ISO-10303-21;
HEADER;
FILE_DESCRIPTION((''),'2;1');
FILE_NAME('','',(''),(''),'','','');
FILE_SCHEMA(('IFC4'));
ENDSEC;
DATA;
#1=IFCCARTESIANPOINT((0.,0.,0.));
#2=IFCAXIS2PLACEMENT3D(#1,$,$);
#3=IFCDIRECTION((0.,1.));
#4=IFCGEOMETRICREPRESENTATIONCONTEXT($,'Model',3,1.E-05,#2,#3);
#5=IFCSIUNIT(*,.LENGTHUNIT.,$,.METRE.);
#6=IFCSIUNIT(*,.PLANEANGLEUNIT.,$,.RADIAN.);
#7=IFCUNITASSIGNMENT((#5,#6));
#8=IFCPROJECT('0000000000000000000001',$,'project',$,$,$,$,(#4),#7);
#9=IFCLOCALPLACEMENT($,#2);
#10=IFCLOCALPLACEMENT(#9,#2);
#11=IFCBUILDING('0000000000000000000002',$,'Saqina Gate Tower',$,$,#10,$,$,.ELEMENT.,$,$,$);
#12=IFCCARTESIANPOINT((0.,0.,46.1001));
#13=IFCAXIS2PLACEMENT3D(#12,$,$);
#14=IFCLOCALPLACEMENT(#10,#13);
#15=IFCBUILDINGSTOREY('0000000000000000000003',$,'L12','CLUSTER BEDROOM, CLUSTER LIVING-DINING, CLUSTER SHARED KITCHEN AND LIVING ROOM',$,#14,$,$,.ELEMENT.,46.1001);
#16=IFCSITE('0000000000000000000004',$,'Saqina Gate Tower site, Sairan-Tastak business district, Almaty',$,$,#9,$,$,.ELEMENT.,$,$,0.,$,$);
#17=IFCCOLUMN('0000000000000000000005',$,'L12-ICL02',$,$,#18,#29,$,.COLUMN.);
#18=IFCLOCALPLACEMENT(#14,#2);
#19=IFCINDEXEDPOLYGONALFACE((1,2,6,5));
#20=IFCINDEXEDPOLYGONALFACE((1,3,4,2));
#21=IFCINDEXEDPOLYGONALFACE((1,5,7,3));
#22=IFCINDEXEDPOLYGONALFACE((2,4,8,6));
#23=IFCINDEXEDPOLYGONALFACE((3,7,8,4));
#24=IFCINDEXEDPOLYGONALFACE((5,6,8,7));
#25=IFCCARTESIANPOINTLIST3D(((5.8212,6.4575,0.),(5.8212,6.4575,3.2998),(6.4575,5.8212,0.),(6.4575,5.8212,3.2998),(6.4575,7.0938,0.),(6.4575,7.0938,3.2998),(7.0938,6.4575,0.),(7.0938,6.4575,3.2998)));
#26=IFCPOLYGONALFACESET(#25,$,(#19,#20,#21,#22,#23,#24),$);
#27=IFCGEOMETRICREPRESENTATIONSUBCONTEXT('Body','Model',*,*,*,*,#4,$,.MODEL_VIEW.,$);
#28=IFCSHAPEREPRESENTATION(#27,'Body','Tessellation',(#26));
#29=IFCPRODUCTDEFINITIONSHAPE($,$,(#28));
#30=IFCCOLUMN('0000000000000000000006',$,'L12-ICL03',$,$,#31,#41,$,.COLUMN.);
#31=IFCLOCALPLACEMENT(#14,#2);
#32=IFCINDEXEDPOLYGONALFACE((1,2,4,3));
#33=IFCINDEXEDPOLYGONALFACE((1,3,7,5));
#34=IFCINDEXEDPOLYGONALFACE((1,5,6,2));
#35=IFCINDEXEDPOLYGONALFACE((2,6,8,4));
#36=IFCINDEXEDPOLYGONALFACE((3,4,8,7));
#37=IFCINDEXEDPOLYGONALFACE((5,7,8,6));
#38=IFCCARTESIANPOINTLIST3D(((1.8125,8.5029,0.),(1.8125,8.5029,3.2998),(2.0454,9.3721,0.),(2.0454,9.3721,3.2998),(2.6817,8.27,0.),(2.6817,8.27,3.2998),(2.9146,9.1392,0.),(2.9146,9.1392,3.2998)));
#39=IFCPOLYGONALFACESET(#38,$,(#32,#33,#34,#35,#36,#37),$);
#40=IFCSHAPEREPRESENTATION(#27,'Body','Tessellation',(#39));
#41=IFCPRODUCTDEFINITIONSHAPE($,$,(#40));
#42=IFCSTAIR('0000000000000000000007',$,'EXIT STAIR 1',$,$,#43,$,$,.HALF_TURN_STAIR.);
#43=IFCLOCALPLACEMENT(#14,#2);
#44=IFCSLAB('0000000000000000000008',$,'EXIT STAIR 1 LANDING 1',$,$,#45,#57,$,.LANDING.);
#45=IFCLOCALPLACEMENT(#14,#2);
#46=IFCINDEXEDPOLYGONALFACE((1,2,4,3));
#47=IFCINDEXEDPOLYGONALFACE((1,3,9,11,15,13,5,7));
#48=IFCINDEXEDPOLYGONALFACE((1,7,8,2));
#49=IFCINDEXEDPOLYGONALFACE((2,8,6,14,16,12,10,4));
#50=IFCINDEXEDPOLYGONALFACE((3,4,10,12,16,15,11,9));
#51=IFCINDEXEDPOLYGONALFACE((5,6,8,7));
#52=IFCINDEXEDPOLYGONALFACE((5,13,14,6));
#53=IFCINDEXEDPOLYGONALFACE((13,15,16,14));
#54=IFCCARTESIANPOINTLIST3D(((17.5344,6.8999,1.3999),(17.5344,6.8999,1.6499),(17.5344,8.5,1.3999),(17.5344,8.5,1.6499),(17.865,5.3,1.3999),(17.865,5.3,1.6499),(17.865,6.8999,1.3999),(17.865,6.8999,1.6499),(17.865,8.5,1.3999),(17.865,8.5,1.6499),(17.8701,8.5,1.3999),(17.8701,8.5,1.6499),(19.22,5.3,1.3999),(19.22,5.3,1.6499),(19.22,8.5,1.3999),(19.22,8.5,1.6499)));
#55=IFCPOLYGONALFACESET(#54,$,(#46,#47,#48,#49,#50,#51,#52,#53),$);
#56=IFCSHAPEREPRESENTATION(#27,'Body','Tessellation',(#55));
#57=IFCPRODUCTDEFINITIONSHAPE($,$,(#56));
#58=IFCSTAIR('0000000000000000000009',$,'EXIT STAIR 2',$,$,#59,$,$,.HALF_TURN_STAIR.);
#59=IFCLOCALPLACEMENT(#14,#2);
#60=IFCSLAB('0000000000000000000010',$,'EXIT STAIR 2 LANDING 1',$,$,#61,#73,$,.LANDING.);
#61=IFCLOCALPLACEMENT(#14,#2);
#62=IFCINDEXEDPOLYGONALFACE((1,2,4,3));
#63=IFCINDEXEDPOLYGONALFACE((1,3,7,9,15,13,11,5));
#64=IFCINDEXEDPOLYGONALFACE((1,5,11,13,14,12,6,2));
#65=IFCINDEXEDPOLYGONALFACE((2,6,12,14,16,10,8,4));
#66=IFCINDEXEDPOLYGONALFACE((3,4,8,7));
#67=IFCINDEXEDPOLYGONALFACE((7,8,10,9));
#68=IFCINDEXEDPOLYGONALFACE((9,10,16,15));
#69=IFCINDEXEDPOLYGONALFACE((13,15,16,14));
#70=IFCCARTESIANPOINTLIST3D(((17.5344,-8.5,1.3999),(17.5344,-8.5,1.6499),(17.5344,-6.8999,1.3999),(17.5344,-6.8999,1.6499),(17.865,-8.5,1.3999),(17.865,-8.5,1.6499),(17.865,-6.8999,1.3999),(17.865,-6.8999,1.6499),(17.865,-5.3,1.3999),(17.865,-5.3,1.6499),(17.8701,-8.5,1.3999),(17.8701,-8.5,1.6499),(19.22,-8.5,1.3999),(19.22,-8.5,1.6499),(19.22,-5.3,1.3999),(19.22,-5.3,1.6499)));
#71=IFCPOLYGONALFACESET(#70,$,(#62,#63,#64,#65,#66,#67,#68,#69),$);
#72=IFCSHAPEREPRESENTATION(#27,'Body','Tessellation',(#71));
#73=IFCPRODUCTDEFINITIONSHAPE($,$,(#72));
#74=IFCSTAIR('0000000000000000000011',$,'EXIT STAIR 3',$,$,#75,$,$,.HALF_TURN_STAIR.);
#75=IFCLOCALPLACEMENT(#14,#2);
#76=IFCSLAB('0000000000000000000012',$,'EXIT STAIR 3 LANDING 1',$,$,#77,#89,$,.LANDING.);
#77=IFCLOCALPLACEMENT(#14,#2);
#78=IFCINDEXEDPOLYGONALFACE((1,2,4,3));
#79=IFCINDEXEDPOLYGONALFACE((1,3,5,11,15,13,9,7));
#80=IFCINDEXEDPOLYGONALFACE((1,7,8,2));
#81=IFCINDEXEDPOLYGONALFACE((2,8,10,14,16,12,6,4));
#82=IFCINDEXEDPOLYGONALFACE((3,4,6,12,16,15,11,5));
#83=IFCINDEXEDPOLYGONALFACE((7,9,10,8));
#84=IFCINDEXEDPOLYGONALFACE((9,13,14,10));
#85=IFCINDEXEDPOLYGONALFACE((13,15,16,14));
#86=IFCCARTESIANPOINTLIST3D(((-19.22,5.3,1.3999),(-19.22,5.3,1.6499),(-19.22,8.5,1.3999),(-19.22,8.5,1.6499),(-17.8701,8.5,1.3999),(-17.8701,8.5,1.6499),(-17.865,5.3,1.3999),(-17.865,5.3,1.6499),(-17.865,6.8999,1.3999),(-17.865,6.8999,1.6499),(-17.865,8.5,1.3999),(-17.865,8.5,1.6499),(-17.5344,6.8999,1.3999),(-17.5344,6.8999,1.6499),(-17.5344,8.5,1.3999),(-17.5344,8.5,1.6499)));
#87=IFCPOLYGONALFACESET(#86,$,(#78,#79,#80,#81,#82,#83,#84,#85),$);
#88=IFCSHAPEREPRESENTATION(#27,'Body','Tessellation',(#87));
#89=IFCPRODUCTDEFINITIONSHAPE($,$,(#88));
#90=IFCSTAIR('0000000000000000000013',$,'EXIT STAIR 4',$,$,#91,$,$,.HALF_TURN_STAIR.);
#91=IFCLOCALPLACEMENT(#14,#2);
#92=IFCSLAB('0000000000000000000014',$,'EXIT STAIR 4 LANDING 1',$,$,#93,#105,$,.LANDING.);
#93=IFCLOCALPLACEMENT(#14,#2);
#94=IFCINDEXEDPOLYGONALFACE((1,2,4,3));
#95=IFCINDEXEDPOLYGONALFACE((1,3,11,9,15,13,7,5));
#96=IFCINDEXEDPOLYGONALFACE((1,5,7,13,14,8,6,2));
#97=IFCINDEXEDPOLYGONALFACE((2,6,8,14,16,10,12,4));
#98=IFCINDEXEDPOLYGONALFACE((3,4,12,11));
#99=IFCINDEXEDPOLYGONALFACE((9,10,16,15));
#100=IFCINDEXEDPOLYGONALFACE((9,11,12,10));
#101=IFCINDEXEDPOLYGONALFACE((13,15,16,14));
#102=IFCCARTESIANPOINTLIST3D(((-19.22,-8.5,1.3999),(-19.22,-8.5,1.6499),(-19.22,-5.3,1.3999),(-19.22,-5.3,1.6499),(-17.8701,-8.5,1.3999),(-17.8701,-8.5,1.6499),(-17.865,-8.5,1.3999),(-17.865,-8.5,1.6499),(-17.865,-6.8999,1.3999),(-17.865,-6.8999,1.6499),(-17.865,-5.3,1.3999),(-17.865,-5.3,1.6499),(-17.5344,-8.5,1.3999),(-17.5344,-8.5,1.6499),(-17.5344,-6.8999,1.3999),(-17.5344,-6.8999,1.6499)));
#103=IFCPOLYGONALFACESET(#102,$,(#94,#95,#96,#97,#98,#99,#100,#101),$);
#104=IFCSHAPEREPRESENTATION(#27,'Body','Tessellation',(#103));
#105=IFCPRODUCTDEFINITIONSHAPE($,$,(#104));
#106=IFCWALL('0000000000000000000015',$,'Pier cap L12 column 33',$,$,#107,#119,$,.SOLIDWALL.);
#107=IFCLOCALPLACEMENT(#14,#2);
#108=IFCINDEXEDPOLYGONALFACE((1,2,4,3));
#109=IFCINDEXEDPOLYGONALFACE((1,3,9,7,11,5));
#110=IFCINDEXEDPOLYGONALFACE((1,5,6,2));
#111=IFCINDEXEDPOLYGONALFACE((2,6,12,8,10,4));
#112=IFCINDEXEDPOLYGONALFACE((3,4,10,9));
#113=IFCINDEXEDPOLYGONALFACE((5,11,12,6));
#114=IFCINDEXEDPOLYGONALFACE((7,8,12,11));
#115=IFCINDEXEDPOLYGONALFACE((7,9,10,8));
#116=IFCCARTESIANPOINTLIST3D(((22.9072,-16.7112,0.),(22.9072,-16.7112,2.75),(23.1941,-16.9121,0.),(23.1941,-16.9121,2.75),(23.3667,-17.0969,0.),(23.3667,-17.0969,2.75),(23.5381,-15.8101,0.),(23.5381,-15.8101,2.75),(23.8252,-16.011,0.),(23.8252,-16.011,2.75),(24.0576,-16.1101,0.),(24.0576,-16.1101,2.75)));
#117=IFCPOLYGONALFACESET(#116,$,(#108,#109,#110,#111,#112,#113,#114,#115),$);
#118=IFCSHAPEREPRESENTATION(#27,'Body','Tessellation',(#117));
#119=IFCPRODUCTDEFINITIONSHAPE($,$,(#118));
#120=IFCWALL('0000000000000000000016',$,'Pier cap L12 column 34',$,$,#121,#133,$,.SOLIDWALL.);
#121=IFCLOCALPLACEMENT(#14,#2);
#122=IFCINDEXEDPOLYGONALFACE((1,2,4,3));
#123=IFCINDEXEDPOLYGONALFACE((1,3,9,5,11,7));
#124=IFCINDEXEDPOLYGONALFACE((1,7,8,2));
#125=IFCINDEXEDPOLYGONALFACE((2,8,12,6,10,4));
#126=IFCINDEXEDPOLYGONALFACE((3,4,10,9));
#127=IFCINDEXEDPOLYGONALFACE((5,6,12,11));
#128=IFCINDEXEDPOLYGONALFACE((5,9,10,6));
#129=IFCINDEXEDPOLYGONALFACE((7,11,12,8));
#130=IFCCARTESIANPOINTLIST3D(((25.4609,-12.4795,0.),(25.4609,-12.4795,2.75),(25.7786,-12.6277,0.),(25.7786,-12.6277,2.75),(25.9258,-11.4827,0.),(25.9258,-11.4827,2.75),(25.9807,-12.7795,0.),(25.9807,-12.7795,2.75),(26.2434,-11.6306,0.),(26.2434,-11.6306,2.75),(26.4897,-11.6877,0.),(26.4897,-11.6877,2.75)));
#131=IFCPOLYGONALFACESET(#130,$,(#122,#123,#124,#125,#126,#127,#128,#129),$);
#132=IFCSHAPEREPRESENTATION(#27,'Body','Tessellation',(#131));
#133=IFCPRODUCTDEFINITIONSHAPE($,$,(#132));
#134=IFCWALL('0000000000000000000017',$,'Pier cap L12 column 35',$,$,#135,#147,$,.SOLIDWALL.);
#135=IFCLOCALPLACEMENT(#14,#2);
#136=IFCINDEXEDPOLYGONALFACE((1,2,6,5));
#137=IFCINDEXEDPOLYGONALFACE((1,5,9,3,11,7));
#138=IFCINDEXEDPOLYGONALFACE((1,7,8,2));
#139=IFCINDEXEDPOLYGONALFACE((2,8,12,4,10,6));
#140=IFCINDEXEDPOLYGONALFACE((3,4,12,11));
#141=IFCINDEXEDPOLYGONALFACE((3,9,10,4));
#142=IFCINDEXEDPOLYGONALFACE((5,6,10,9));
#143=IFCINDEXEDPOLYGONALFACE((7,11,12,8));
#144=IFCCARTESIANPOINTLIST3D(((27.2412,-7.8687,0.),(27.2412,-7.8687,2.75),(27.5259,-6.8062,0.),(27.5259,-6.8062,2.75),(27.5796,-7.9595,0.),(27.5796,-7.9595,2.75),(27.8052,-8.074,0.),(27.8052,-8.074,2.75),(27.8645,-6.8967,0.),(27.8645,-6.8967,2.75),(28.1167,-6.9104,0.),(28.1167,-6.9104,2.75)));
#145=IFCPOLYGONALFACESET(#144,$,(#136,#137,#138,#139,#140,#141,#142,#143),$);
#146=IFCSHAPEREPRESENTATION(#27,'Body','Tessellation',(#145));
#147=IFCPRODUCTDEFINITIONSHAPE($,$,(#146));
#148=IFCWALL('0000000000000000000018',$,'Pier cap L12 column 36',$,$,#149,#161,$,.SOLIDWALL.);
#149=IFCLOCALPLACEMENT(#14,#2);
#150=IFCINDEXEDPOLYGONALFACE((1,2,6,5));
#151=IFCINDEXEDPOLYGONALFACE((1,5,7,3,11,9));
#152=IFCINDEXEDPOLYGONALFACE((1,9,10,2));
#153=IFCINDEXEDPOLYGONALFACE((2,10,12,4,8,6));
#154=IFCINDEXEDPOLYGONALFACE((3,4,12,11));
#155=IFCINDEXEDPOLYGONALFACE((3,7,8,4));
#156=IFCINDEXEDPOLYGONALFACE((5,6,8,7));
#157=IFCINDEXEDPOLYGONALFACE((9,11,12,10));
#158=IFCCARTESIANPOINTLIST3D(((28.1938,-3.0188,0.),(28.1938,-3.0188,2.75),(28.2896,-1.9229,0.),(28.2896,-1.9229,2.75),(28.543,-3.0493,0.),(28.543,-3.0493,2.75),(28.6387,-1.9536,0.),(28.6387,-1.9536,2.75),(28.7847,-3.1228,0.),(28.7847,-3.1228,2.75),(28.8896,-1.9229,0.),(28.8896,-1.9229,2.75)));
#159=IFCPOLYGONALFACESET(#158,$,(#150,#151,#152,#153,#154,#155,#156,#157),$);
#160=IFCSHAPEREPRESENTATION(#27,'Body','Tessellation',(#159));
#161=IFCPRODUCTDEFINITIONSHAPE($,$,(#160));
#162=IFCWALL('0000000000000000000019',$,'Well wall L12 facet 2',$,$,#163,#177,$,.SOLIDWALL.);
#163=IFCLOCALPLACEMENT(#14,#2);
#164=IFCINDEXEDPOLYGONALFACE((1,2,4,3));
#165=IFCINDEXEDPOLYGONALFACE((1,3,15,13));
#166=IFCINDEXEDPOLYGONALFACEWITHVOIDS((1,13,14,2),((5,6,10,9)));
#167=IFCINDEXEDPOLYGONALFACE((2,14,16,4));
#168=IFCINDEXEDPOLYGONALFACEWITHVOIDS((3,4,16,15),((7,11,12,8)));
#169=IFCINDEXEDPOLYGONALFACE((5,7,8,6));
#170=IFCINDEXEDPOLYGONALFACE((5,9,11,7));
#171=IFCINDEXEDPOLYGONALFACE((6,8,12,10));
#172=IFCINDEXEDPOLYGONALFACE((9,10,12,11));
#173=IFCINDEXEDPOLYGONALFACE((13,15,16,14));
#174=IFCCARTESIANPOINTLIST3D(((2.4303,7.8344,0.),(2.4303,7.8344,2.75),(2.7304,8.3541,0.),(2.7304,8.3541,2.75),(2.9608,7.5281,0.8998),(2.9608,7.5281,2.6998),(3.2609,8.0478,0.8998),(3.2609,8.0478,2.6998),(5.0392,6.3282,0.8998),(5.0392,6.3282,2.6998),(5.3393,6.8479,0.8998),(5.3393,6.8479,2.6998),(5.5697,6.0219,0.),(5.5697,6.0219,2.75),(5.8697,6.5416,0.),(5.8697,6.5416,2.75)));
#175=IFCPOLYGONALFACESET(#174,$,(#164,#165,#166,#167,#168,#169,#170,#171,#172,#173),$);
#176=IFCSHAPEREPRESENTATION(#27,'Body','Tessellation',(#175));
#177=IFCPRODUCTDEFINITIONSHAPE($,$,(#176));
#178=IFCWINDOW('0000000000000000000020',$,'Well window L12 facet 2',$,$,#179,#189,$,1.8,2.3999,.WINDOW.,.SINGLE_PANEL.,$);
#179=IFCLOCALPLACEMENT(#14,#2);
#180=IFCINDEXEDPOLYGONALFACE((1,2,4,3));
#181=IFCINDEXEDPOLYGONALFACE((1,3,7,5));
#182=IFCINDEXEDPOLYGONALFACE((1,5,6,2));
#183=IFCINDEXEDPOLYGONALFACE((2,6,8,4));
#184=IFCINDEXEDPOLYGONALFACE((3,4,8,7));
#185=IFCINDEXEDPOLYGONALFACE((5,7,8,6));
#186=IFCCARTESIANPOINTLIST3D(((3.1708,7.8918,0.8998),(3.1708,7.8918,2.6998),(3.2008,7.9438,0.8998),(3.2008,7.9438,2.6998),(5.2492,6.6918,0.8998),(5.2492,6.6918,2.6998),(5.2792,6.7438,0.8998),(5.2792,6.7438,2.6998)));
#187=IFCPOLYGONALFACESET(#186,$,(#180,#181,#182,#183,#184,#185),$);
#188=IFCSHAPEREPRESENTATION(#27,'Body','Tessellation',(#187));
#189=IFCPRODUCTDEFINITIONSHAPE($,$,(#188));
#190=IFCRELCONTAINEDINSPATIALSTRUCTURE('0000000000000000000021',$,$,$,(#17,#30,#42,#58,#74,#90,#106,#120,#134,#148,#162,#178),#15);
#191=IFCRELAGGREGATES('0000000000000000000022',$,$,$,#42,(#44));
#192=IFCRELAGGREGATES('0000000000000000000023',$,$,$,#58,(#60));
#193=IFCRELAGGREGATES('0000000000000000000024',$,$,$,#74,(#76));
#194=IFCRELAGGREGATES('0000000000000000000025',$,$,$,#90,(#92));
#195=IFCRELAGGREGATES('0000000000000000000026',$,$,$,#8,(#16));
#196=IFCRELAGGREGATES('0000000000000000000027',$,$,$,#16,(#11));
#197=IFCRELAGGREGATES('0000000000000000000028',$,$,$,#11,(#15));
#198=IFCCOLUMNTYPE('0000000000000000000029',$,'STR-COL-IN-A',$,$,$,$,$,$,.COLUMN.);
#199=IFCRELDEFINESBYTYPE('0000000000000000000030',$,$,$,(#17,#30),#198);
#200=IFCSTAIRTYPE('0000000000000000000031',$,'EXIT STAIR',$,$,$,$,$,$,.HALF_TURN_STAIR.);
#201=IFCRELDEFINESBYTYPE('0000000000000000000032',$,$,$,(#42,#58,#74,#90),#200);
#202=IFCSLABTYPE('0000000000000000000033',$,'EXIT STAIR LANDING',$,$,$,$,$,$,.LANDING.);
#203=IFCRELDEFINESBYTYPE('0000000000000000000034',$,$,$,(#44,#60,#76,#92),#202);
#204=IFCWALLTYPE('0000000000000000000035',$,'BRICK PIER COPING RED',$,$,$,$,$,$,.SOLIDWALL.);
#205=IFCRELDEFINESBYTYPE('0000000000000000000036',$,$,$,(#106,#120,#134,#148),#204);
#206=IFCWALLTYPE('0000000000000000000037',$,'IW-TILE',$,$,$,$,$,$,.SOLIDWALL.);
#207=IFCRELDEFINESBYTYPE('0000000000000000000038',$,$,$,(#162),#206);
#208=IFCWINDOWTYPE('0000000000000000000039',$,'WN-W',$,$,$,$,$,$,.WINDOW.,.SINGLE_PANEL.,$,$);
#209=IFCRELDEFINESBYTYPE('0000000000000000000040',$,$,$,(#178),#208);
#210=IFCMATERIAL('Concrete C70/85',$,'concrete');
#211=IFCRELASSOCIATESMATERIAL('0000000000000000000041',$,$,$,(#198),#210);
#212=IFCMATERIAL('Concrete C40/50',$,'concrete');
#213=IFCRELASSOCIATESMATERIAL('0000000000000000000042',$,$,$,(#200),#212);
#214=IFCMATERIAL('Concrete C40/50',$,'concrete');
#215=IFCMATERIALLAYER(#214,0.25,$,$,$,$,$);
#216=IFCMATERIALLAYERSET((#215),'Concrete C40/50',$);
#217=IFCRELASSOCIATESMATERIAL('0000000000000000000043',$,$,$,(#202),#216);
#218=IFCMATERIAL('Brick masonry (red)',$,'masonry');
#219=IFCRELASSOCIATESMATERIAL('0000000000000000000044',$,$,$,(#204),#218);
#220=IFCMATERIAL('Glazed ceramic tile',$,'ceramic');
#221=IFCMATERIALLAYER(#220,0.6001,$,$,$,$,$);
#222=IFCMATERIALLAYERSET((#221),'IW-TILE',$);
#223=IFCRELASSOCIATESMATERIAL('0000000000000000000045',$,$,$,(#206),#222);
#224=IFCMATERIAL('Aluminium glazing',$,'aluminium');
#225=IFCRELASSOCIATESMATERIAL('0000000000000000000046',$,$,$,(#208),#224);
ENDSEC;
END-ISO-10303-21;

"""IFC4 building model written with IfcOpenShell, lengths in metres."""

from ifc_helpers import new_model, si_unit, direction, frame, frame_2d, origin, origin_2d, place, context, subcontext, project, spatial, polyline, rectangle, outline, extrude, material, layer, layer_set, material_profile, profile_set, type_object, element, fill, aggregate, save


model = new_model("IFC4")

# Units and contexts
model_context = context("Model", 3, precision=1e-05, world=origin(), true_north=direction((0.0, 1.0)))
body_context = subcontext(model_context, "Body", "Model", "MODEL_VIEW")
ifc_project = project(units=[si_unit("LENGTHUNIT", "METRE"), si_unit("PLANEANGLEUNIT", "RADIAN")], contexts=[model_context])

# Site, building, storey
site_placement = place(None, origin())
site = spatial("IfcSite", under=ifc_project, at=site_placement, Name="Saqina Gate Tower site, Sairan-Tastak business district, Almaty", CompositionType="ELEMENT", RefElevation=0.0)
building_placement = place(site_placement, origin())
building = spatial("IfcBuilding", under=site, at=building_placement, Name="Saqina Gate Tower", CompositionType="ELEMENT")
storey_placement = place(building_placement, frame((0.0, 0.0, 46.1001)))
storey = spatial("IfcBuildingStorey", under=building, at=storey_placement, Name="L12", Description="CLUSTER BEDROOM, CLUSTER LIVING-DINING, CLUSTER SHARED KITCHEN AND LIVING ROOM", CompositionType="ELEMENT", Elevation=46.1001)

# Columns
ifc_material_1 = material(Name="Concrete C70/85", Category="concrete")
ifc_material_profile = material_profile(ifc_material_1, rectangle(XDim=0.8999, YDim=0.8999, at=origin_2d()), Name="RC 900x900")
ifc_profile_set = profile_set([ifc_material_profile], Name="Concrete C70/85")
column_type = type_object("IfcColumnType", Name="STR-COL-IN-A", PredefinedType="COLUMN", material=ifc_profile_set)
for number, where, z_axis, x_axis, name in (
    (1, (6.4575, 6.4575, 0.0), (0.0, 0.0, 1.0), (0.707107, 0.707107, 0.0), "L12-ICL02"),
    (2, (2.3635, 8.821, 0.0), (0.0, 0.0, 1.0), (0.258819, 0.965926, 0.0), "L12-ICL03"),
):
    element("IfcColumn", number, at=place(storey_placement, frame(where, z_axis=z_axis, x_axis=x_axis)), inside=storey, type_object=column_type, Name=name, PredefinedType="COLUMN", context=body_context, shape_type="SweptSolid", body=[
        extrude(rectangle(XDim=0.8999, YDim=0.8999, at=origin_2d()), origin(), (0.0, 0.0, 1.0), 3.2998),
    ])

# Stairs, slabs
ifc_material_2 = material(Name="Concrete C40/50", Category="concrete")
stair_type = type_object("IfcStairType", Name="EXIT STAIR", PredefinedType="HALF_TURN_STAIR", material=ifc_material_2)
stair_1_placement = place(storey_placement, origin())
stair_1 = element("IfcStair", 3, at=stair_1_placement, inside=storey, type_object=stair_type, Name="EXIT STAIR 1", PredefinedType="HALF_TURN_STAIR")
ifc_material_3 = material(Name="Concrete C40/50", Category="concrete")
ifc_layer_1 = layer(ifc_material_3, 0.25)
ifc_layer_set_1 = layer_set([ifc_layer_1], Name="Concrete C40/50")
slab_type = type_object("IfcSlabType", Name="EXIT STAIR LANDING", PredefinedType="LANDING", material=ifc_layer_set_1)
slab_1_placement = place(storey_placement, frame((0.0, 0.0, 1.3999)))
slab_1 = element("IfcSlab", 4, at=slab_1_placement, type_object=slab_type, Name="EXIT STAIR 1 LANDING 1", PredefinedType="LANDING", context=body_context, shape_type="SweptSolid", body=[
    extrude(outline(polyline([(19.22, 8.5), (19.22, 5.3), (17.865, 5.3), (17.865, 6.8999), (17.5344, 6.8999), (17.5344, 8.5), (17.865, 8.5), (17.8701, 8.5), (19.22, 8.5)])), origin(), (0.0, 0.0, 1.0), 0.25),
])
aggregate(stair_1, [slab_1])
stair_2_placement = place(storey_placement, origin())
stair_2 = element("IfcStair", 5, at=stair_2_placement, inside=storey, type_object=stair_type, Name="EXIT STAIR 2", PredefinedType="HALF_TURN_STAIR")
slab_2_placement = place(storey_placement, frame((0.0, 0.0, 1.3999)))
slab_2 = element("IfcSlab", 6, at=slab_2_placement, type_object=slab_type, Name="EXIT STAIR 2 LANDING 1", PredefinedType="LANDING", context=body_context, shape_type="SweptSolid", body=[
    extrude(outline(polyline([(17.5344, -8.5), (17.5344, -6.8999), (17.865, -6.8999), (17.865, -5.3), (19.22, -5.3), (19.22, -8.5), (17.8701, -8.5), (17.865, -8.5), (17.5344, -8.5)])), origin(), (0.0, 0.0, 1.0), 0.25),
])
aggregate(stair_2, [slab_2])
stair_3_placement = place(storey_placement, origin())
stair_3 = element("IfcStair", 7, at=stair_3_placement, inside=storey, type_object=stair_type, Name="EXIT STAIR 3", PredefinedType="HALF_TURN_STAIR")
slab_3_placement = place(storey_placement, frame((0.0, 0.0, 1.3999)))
slab_3 = element("IfcSlab", 8, at=slab_3_placement, type_object=slab_type, Name="EXIT STAIR 3 LANDING 1", PredefinedType="LANDING", context=body_context, shape_type="SweptSolid", body=[
    extrude(outline(polyline([(-17.865, 5.3), (-19.22, 5.3), (-19.22, 8.5), (-17.8701, 8.5), (-17.865, 8.5), (-17.5344, 8.5), (-17.5344, 6.8999), (-17.865, 6.8999), (-17.865, 5.3)])), origin(), (0.0, 0.0, 1.0), 0.25),
])
aggregate(stair_3, [slab_3])
stair_4_placement = place(storey_placement, origin())
stair_4 = element("IfcStair", 9, at=stair_4_placement, inside=storey, type_object=stair_type, Name="EXIT STAIR 4", PredefinedType="HALF_TURN_STAIR")
slab_4_placement = place(storey_placement, frame((0.0, 0.0, 1.3999)))
slab_4 = element("IfcSlab", 10, at=slab_4_placement, type_object=slab_type, Name="EXIT STAIR 4 LANDING 1", PredefinedType="LANDING", context=body_context, shape_type="SweptSolid", body=[
    extrude(outline(polyline([(-17.5344, -6.8999), (-17.5344, -8.5), (-17.865, -8.5), (-17.8701, -8.5), (-19.22, -8.5), (-19.22, -5.3), (-17.865, -5.3), (-17.865, -6.8999), (-17.5344, -6.8999)])), origin(), (0.0, 0.0, 1.0), 0.25),
])
aggregate(stair_4, [slab_4])

# Walls
ifc_material_4 = material(Name="Brick masonry (red)", Category="masonry")
wall_type_1 = type_object("IfcWallType", Name="BRICK PIER COPING RED", PredefinedType="SOLIDWALL", material=ifc_material_4)
wall_1_placement = place(storey_placement, origin())
element("IfcWall", 11, at=wall_1_placement, inside=storey, type_object=wall_type_1, Name="Pier cap L12 column 33", PredefinedType="SOLIDWALL", context=body_context, shape_type="SweptSolid", body=[
    extrude(outline(polyline([(23.3667, -17.0969), (24.0576, -16.1101), (23.5381, -15.8101), (23.8252, -16.011), (23.1941, -16.9121), (22.9072, -16.7112), (23.3667, -17.0969)])), origin(), (0.0, 0.0, 1.0), 2.75),
])
wall_2_placement = place(storey_placement, origin())
element("IfcWall", 12, at=wall_2_placement, inside=storey, type_object=wall_type_1, Name="Pier cap L12 column 34", PredefinedType="SOLIDWALL", context=body_context, shape_type="SweptSolid", body=[
    extrude(outline(polyline([(26.4897, -11.6877), (25.9258, -11.4827), (26.2434, -11.6306), (25.7786, -12.6277), (25.4609, -12.4795), (25.9807, -12.7795), (26.4897, -11.6877)])), origin(), (0.0, 0.0, 1.0), 2.75),
])
wall_3_placement = place(storey_placement, origin())
element("IfcWall", 13, at=wall_3_placement, inside=storey, type_object=wall_type_1, Name="Pier cap L12 column 35", PredefinedType="SOLIDWALL", context=body_context, shape_type="SweptSolid", body=[
    extrude(outline(polyline([(28.1167, -6.9104), (27.5259, -6.8062), (27.8645, -6.8967), (27.5796, -7.9595), (27.2412, -7.8687), (27.8052, -8.074), (28.1167, -6.9104)])), origin(), (0.0, 0.0, 1.0), 2.75),
])
wall_4_placement = place(storey_placement, origin())
element("IfcWall", 14, at=wall_4_placement, inside=storey, type_object=wall_type_1, Name="Pier cap L12 column 36", PredefinedType="SOLIDWALL", context=body_context, shape_type="SweptSolid", body=[
    extrude(outline(polyline([(28.7847, -3.1228), (28.8896, -1.9229), (28.2896, -1.9229), (28.6387, -1.9536), (28.543, -3.0493), (28.1938, -3.0188), (28.7847, -3.1228)])), origin(), (0.0, 0.0, 1.0), 2.75),
])

# Wall, opening, window
ifc_material_5 = material(Name="Glazed ceramic tile", Category="ceramic")
ifc_layer_2 = layer(ifc_material_5, 0.6001)
ifc_layer_set_2 = layer_set([ifc_layer_2], Name="IW-TILE")
wall_type_2 = type_object("IfcWallType", Name="IW-TILE", PredefinedType="SOLIDWALL", material=ifc_layer_set_2)
wall_5_placement = place(storey_placement, frame((5.7197, 6.2817, 0.0), z_axis=(0.0, 0.0, 1.0), x_axis=(-0.86603, 0.499993, 0.0)))
wall_5 = element("IfcWall", 15, at=wall_5_placement, inside=storey, type_object=wall_type_2, Name="Well wall L12 facet 2", PredefinedType="SOLIDWALL", context=body_context, shape_type="SweptSolid", body=[
    extrude(rectangle(XDim=3.625, YDim=0.6001, at=frame_2d((1.8125, 0.0))), origin(), (0.0, 0.0, 1.0), 2.75),
])
opening_1_placement = place(wall_5_placement, frame((0.6125, 0.0, 0.8999)))
opening_1 = element("IfcOpeningElement", 16, at=opening_1_placement, cuts=wall_5, PredefinedType="OPENING", context=body_context, shape_type="SweptSolid", body=[
    extrude(rectangle(XDim=2.3999, YDim=1.8, at=frame_2d((1.2, 0.8999))), frame((0.0, 0.312, 0.0), z_axis=(0.0, -1.0, 0.0), x_axis=(1.0, 0.0, 0.0)), (0.0, 0.0, 1.0), 0.624),
])
ifc_material_6 = material(Name="Aluminium glazing", Category="aluminium")
window_type = type_object("IfcWindowType", Name="WN-W", PartitioningType="SINGLE_PANEL", PredefinedType="WINDOW", material=ifc_material_6)
window_1_placement = place(opening_1_placement, origin())
window_1 = element("IfcWindow", 17, at=window_1_placement, inside=storey, type_object=window_type, Name="Well window L12 facet 2", OverallHeight=1.8, OverallWidth=2.3999, PartitioningType="SINGLE_PANEL", PredefinedType="WINDOW", context=body_context, shape_type="SweptSolid", body=[
    extrude(rectangle(XDim=2.3999, YDim=1.8, at=frame_2d((1.2, 0.8999))), frame((0.0, -0.1199, 0.0), z_axis=(0.0, -1.0, 0.0), x_axis=(1.0, 0.0, 0.0)), (0.0, 0.0, 1.0), 0.0601),
])
fill(opening_1, window_1)

save(model, "model.ifc")
